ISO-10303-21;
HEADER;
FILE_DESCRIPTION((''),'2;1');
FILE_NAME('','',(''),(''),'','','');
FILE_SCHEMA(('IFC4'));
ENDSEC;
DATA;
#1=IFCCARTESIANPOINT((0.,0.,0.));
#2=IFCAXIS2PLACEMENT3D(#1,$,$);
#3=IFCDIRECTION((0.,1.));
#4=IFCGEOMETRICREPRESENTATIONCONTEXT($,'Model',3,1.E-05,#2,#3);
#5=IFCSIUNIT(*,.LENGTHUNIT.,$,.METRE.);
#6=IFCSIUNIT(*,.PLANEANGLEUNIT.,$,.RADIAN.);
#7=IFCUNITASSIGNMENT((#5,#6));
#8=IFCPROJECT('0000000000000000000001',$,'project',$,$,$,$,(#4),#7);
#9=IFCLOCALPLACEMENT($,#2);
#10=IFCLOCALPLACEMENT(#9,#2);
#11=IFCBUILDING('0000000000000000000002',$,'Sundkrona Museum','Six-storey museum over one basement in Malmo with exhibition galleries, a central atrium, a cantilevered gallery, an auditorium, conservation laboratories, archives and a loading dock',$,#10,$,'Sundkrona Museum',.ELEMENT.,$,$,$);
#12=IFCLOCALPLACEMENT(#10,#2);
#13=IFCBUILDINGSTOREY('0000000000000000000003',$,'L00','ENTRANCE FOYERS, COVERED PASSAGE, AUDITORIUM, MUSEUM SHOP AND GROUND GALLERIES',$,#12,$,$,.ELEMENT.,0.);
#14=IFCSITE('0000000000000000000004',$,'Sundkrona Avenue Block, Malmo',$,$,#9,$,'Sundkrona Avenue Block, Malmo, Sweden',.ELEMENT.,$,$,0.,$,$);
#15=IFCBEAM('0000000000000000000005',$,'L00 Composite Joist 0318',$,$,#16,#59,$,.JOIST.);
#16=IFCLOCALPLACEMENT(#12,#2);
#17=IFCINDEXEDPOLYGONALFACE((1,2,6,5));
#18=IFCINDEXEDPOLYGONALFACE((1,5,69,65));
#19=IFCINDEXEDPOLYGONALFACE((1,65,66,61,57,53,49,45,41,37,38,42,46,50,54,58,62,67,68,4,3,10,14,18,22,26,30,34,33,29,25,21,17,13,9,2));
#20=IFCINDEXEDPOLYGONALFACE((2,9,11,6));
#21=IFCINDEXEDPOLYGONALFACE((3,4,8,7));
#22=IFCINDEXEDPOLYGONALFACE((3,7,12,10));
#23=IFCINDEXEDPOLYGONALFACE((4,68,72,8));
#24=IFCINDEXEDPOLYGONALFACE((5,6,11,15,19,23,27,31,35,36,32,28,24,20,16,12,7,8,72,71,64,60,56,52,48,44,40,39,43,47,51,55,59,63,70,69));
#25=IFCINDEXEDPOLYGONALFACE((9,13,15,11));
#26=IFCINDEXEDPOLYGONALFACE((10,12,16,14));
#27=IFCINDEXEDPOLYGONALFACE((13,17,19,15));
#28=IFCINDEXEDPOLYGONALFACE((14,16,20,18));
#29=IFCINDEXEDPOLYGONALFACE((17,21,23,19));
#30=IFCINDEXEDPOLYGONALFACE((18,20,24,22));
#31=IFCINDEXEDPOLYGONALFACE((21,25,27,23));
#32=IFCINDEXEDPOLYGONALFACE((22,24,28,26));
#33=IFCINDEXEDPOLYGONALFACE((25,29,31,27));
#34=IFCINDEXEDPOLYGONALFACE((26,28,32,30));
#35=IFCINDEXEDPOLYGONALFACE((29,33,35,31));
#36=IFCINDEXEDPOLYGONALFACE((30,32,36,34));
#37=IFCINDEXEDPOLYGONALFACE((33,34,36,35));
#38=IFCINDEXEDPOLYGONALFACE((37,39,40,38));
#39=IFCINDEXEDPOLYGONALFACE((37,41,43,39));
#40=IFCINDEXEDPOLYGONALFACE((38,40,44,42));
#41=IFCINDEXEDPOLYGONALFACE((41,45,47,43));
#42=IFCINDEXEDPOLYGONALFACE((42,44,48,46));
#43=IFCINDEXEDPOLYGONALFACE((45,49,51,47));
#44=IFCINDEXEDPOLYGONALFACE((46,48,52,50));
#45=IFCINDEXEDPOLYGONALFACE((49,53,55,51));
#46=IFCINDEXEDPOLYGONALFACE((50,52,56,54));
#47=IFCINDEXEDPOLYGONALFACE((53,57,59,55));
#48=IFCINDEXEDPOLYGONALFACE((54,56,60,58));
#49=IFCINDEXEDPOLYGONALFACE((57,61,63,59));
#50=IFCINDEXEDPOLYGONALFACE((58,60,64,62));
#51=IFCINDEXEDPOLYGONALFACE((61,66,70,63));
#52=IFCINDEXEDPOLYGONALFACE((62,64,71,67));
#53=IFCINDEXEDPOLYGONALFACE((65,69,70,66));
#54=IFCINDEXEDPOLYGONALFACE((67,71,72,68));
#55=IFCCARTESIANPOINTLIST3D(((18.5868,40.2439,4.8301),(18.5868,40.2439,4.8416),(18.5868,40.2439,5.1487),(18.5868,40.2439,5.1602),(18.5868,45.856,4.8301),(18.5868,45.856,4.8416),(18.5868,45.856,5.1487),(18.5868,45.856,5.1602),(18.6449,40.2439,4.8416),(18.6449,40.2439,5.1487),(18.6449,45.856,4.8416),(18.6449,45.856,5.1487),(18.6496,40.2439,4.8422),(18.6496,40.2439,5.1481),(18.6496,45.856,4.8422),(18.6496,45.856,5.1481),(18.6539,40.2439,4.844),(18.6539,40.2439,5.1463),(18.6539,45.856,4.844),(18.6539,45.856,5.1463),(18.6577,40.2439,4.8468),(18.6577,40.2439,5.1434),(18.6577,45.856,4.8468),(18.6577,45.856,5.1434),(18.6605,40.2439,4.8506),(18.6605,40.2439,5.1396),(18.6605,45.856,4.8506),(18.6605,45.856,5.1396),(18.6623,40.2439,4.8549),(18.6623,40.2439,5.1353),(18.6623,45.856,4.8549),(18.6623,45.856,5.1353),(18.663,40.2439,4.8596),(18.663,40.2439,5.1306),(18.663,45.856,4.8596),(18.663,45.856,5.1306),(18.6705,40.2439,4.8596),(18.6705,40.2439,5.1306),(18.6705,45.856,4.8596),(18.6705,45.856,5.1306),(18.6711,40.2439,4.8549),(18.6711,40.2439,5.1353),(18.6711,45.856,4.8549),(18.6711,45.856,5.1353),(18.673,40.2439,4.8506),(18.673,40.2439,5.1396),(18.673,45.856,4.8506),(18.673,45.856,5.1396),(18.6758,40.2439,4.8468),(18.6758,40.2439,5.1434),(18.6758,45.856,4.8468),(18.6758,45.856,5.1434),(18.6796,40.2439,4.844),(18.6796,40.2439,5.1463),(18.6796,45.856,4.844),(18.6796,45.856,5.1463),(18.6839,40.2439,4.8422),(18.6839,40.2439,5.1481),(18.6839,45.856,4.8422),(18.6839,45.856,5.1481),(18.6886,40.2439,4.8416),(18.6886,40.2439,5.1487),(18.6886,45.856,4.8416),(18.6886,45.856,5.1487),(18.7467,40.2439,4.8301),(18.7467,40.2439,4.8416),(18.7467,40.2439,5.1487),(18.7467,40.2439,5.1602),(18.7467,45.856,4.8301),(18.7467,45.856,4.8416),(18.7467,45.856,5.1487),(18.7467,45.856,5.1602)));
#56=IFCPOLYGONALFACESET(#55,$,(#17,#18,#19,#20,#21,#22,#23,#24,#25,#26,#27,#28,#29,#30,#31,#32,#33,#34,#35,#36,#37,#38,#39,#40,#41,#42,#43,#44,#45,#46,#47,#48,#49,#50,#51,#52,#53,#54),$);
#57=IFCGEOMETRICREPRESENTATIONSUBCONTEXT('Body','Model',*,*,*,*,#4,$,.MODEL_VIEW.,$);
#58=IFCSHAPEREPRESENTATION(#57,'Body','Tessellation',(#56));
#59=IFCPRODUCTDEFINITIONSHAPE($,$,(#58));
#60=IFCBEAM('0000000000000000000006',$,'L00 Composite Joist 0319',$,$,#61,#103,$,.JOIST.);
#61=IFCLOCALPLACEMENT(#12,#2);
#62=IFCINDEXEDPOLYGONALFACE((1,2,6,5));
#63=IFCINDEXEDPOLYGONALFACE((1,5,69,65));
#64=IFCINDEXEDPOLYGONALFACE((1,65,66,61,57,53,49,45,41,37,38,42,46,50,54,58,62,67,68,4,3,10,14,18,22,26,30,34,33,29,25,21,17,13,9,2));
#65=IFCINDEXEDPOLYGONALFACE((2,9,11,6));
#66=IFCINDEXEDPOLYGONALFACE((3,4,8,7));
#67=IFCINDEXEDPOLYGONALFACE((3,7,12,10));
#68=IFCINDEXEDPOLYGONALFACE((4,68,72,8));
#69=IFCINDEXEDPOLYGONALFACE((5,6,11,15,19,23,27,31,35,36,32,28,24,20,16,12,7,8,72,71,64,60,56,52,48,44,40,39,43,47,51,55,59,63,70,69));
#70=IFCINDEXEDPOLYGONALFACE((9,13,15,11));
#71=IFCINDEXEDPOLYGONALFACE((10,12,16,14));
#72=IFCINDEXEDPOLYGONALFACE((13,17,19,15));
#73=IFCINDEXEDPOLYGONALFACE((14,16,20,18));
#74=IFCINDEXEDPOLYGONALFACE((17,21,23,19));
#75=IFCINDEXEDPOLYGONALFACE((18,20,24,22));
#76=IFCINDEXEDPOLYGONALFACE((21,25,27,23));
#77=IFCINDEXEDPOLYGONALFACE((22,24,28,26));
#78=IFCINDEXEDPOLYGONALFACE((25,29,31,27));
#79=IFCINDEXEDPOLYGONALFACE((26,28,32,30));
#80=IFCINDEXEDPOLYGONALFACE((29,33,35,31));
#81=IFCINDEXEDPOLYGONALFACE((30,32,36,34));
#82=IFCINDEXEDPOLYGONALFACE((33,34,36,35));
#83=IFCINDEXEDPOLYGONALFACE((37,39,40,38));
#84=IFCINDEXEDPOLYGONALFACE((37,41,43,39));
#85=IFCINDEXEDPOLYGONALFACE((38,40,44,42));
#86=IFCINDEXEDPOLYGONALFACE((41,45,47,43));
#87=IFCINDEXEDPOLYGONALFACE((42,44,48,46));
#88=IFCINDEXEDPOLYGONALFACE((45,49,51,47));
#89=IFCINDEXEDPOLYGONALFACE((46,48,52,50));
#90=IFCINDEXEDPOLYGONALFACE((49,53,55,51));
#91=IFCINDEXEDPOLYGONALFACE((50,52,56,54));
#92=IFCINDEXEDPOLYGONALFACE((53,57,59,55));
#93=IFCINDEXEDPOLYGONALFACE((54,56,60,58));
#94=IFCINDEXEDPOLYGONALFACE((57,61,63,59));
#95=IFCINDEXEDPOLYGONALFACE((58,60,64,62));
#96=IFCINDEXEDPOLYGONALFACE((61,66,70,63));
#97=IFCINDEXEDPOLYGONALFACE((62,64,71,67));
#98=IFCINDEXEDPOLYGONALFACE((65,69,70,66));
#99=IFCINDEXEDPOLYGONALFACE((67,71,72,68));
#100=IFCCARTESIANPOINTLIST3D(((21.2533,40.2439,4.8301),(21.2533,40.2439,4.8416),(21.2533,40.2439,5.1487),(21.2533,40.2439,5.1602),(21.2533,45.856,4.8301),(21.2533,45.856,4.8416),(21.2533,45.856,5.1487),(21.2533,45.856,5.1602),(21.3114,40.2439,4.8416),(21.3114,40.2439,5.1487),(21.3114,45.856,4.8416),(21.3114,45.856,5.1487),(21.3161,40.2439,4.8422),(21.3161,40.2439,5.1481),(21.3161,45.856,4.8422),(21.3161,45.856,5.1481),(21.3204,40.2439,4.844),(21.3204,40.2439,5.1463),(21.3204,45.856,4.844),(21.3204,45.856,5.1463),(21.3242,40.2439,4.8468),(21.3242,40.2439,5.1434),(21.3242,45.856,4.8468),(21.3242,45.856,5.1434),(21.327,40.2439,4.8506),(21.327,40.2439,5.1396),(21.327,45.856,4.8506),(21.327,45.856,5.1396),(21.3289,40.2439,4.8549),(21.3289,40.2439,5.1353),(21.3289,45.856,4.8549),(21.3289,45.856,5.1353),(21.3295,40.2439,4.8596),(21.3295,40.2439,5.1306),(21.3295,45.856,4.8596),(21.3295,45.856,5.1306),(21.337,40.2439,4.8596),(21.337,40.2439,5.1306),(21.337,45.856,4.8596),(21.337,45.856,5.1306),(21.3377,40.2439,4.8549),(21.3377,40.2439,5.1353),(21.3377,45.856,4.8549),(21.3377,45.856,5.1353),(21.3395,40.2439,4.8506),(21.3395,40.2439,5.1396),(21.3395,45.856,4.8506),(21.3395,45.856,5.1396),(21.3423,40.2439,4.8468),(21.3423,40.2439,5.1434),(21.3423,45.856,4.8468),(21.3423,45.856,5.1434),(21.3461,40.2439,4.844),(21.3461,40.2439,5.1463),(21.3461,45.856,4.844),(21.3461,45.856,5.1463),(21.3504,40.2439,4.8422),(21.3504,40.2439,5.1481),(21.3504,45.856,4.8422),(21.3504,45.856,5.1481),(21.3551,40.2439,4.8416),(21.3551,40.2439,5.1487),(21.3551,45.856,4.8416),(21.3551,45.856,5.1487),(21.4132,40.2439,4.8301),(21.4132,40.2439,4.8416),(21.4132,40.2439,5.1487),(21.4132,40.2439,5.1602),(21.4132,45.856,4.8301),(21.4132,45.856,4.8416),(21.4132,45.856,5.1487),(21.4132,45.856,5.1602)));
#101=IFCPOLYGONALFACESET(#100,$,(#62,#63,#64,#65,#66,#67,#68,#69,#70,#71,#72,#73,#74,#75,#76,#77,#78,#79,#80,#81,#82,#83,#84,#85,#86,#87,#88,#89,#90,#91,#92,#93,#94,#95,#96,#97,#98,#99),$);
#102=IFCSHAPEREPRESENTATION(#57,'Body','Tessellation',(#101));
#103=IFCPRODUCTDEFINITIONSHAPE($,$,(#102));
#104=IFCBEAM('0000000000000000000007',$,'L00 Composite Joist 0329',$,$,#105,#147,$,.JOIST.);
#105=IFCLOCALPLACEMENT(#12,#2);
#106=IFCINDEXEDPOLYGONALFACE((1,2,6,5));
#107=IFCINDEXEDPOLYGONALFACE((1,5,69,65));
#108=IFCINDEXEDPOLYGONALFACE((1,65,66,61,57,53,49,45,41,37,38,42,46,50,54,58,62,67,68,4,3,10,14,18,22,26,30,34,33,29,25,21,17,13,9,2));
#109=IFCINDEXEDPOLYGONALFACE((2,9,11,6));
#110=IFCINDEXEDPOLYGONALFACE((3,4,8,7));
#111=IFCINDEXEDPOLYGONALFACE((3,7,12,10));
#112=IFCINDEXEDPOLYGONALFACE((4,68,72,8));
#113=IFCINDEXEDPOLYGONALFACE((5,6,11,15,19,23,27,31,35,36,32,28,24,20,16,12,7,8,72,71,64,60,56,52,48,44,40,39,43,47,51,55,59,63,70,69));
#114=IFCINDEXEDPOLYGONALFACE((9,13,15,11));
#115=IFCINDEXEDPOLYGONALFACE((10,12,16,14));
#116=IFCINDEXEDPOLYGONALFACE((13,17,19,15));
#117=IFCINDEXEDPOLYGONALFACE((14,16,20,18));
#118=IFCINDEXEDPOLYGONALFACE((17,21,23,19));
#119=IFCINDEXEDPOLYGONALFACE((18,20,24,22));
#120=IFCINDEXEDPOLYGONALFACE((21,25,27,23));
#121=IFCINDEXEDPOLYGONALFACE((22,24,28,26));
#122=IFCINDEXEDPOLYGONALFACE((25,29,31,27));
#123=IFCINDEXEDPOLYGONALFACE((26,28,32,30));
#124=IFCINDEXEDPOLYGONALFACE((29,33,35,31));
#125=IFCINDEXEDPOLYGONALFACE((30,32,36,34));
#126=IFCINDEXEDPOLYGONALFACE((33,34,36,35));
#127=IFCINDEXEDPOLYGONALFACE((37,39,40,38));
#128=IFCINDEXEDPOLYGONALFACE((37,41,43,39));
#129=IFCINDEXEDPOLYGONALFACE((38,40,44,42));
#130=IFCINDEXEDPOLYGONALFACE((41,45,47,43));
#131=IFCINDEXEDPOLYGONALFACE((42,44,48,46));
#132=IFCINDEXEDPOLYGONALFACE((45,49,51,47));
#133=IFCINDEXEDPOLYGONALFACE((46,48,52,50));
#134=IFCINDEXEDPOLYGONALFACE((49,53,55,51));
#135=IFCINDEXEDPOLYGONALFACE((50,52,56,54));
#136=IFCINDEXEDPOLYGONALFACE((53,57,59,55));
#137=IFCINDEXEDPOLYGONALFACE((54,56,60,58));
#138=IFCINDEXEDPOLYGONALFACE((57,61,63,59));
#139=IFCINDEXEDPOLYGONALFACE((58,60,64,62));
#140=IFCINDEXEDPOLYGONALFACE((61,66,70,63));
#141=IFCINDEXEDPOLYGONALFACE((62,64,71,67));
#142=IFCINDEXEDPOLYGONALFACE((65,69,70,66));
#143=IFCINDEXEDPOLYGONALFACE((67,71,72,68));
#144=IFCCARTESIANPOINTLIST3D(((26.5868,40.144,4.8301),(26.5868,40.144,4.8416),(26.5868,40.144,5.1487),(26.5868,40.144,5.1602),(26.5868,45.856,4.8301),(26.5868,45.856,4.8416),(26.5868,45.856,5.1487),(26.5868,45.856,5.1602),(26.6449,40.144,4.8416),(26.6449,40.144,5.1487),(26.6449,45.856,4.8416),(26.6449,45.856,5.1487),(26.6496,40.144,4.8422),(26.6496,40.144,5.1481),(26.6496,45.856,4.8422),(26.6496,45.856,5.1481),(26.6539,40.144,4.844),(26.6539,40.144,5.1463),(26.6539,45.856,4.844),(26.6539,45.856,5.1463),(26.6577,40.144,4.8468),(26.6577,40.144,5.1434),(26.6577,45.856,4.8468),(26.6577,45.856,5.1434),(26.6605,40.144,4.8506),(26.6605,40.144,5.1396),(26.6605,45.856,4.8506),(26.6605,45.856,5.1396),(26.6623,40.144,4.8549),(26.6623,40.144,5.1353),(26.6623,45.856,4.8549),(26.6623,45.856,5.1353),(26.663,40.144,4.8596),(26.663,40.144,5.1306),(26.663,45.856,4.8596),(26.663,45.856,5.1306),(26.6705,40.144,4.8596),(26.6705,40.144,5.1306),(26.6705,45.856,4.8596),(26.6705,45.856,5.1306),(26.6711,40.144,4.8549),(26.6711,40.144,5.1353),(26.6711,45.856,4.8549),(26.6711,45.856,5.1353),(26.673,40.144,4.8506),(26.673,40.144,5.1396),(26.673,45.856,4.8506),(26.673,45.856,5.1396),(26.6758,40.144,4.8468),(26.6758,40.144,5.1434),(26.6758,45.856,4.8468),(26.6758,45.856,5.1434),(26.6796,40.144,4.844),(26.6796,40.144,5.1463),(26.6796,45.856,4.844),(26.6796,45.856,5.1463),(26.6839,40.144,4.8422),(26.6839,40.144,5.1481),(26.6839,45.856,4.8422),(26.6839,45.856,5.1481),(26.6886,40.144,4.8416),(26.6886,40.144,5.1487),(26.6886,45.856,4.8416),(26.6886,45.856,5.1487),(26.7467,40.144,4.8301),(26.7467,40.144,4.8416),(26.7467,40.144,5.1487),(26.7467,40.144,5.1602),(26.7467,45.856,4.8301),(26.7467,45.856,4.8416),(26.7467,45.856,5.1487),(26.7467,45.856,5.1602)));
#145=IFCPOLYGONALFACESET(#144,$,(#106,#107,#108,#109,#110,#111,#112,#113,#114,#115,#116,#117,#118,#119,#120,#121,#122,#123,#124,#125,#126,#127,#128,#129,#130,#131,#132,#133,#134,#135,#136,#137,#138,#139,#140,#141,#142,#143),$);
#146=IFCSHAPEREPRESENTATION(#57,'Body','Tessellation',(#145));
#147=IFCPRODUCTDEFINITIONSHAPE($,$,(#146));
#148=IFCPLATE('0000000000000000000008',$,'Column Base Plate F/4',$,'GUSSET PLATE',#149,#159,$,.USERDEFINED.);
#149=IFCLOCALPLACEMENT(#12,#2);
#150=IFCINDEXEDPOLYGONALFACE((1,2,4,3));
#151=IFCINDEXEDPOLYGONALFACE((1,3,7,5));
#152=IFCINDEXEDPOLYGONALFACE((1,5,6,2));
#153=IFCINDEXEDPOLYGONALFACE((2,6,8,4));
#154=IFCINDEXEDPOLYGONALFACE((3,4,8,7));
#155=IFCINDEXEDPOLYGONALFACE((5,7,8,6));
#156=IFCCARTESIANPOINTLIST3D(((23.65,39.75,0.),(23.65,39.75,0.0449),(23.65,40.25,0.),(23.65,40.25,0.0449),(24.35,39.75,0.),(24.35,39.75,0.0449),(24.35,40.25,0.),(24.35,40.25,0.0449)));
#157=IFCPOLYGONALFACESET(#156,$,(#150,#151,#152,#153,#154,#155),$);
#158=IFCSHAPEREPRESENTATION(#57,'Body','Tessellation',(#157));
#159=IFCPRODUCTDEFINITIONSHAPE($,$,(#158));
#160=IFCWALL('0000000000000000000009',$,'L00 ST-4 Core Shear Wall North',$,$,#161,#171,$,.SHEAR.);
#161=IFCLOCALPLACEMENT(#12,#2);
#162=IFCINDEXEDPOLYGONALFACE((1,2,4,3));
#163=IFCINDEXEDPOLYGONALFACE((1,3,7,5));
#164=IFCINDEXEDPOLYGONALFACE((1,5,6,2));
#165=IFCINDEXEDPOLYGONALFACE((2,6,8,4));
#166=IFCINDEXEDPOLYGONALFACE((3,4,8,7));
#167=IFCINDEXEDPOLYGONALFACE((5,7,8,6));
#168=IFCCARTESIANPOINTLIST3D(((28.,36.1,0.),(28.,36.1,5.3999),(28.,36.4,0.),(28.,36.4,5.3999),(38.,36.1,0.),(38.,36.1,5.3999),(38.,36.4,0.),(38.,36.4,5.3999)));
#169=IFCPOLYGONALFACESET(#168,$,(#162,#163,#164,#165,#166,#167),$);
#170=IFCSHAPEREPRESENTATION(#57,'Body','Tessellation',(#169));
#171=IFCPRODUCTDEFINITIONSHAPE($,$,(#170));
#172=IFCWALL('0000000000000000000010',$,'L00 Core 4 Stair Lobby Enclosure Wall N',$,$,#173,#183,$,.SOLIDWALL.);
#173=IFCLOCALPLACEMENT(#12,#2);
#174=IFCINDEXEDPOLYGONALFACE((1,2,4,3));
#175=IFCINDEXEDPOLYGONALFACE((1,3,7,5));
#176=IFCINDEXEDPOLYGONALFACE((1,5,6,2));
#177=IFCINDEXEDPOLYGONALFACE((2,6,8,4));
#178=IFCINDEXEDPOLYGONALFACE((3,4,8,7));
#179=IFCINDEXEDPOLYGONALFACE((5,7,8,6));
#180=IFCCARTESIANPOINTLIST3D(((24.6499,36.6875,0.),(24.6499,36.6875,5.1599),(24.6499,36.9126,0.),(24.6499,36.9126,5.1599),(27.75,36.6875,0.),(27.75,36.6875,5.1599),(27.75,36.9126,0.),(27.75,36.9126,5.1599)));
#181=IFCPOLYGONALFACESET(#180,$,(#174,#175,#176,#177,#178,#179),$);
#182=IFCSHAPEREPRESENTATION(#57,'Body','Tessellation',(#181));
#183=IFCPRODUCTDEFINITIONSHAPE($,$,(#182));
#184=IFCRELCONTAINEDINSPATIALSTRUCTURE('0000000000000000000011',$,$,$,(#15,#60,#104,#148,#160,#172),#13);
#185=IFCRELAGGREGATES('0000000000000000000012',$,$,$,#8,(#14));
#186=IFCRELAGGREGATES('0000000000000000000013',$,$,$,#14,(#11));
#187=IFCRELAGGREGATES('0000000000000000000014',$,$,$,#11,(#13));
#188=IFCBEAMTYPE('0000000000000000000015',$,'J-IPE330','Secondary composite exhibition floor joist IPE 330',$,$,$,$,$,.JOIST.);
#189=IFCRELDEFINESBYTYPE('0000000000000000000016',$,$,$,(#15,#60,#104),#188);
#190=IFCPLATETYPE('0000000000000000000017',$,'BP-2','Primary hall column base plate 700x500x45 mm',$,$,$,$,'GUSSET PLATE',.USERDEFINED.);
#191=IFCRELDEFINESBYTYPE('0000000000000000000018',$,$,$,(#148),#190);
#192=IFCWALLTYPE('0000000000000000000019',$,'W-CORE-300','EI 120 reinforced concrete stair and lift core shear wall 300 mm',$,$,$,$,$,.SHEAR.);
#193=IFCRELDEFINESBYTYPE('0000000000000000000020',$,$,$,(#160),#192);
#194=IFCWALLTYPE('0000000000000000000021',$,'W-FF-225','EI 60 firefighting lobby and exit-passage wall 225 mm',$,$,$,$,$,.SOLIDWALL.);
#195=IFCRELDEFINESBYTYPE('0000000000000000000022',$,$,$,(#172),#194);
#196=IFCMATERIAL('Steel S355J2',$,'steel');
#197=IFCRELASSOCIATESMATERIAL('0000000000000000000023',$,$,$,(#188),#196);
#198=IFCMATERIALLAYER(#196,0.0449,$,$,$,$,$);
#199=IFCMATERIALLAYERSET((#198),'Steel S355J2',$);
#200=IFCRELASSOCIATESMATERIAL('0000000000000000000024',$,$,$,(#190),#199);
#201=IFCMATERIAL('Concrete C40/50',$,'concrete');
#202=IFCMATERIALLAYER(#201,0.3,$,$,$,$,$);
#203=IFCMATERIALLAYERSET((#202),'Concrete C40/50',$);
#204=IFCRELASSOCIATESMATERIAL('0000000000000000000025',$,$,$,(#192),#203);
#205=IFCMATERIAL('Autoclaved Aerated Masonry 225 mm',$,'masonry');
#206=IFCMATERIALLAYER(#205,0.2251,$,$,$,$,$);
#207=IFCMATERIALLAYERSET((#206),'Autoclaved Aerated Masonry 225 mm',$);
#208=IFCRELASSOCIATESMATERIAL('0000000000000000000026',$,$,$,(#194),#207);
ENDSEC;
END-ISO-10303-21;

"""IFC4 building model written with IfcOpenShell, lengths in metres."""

from ifc_helpers import new_model, si_unit, direction, frame, frame_2d, origin, origin_2d, place, context, subcontext, project, spatial, rectangle, i_section, extrude, material, layer, layer_set, material_profile, profile_set, type_object, element, save


model = new_model("IFC4")

# Units and contexts
model_context = context("Model", 3, precision=1e-05, world=origin(), true_north=direction((0.0, 1.0)))
body_context = subcontext(model_context, "Body", "Model", "MODEL_VIEW")
ifc_project = project(units=[si_unit("LENGTHUNIT", "METRE"), si_unit("PLANEANGLEUNIT", "RADIAN")], contexts=[model_context])

# Site, building, storey
site_placement = place(None, origin())
site = spatial("IfcSite", under=ifc_project, at=site_placement, Name="Sundkrona Avenue Block, Malmo", LongName="Sundkrona Avenue Block, Malmo, Sweden", CompositionType="ELEMENT", RefElevation=0.0)
building_placement = place(site_placement, origin())
building = spatial("IfcBuilding", under=site, at=building_placement, Name="Sundkrona Museum", Description="Six-storey museum over one basement in Malmo with exhibition galleries, a central atrium, a cantilevered gallery, an auditorium, conservation laboratories, archives and a loading dock", LongName="Sundkrona Museum", CompositionType="ELEMENT")
storey_placement = place(building_placement, origin())
storey = spatial("IfcBuildingStorey", under=building, at=storey_placement, Name="L00", Description="ENTRANCE FOYERS, COVERED PASSAGE, AUDITORIUM, MUSEUM SHOP AND GROUND GALLERIES", CompositionType="ELEMENT", Elevation=0.0)

# Shared definitions
ifc_material_1 = material(Name="Steel S355J2", Category="steel")

# Beams
ifc_material_2 = material(Name="Concrete C40/50", Category="concrete")
ifc_material_profile_1 = material_profile(ifc_material_1, i_section(OverallWidth=0.1599, OverallDepth=0.3301, WebThickness=0.0076, FlangeThickness=0.0115, FilletRadius=0.0181, at=origin_2d()), Name="IPE 330")
ifc_profile_set_1 = profile_set([ifc_material_profile_1], Name="Steel S355J2")
beam_type_1 = type_object("IfcBeamType", Name="J-IPE330", Description="Secondary composite exhibition floor joist IPE 330", PredefinedType="JOIST", material=ifc_profile_set_1)
for number, where, z_axis, x_axis, name in (
    (1, (18.6667, 40.2439, 4.9951), (0.0, 1.0, 0.0), (-1.0, 0.0, 0.0), "L00 Composite Joist 0318"),
    (2, (21.3333, 40.2439, 4.9951), (0.0, 1.0, 0.0), (-1.0, 0.0, 0.0), "L00 Composite Joist 0319"),
):
    element("IfcBeam", number, at=place(storey_placement, frame(where, z_axis=z_axis, x_axis=x_axis)), inside=storey, type_object=beam_type_1, Name=name, PredefinedType="JOIST", context=body_context, shape_type="SweptSolid", body=[
        extrude(i_section(OverallWidth=0.1599, OverallDepth=0.3301, WebThickness=0.0076, FlangeThickness=0.0115, FilletRadius=0.0181, at=origin_2d()), origin(), (0.0, 0.0, 1.0), 5.6121),
    ])
beam_1_placement = place(storey_placement, frame((26.6667, 40.144, 4.9951), z_axis=(0.0, 1.0, 0.0), x_axis=(-1.0, 0.0, 0.0)))
element("IfcBeam", 3, at=beam_1_placement, inside=storey, type_object=beam_type_1, Name="L00 Composite Joist 0329", PredefinedType="JOIST", context=body_context, shape_type="SweptSolid", body=[
    extrude(i_section(OverallWidth=0.1599, OverallDepth=0.3301, WebThickness=0.0076, FlangeThickness=0.0115, FilletRadius=0.0181, at=origin_2d()), origin(), (0.0, 0.0, 1.0), 5.7119),
])

# Plate
ifc_layer_1 = layer(ifc_material_1, 0.0449)
ifc_layer_set_1 = layer_set([ifc_layer_1], Name="Steel S355J2")
plate_type = type_object("IfcPlateType", Name="BP-2", Description="Primary hall column base plate 700x500x45 mm", ElementType="GUSSET PLATE", PredefinedType="USERDEFINED", material=ifc_layer_set_1)
plate_placement = place(storey_placement, frame((24.0, 40.0, 0.0), z_axis=(0.0, 0.0, 1.0), x_axis=(1.0, 0.0, 0.0)))
element("IfcPlate", 4, at=plate_placement, inside=storey, type_object=plate_type, Name="Column Base Plate F/4", ObjectType="GUSSET PLATE", PredefinedType="USERDEFINED", context=body_context, shape_type="SweptSolid", body=[
    extrude(rectangle(XDim=0.7, YDim=0.5, at=origin_2d()), origin(), (0.0, 0.0, 1.0), 0.0449),
])

# Walls
ifc_layer_2 = layer(ifc_material_2, 0.3)
ifc_layer_set_2 = layer_set([ifc_layer_2], Name="Concrete C40/50")
wall_type_1 = type_object("IfcWallType", Name="W-CORE-300", Description="EI 120 reinforced concrete stair and lift core shear wall 300 mm", PredefinedType="SHEAR", material=ifc_layer_set_2)
wall_1_placement = place(storey_placement, frame((28.0, 36.25, 0.0), z_axis=(0.0, 0.0, 1.0), x_axis=(1.0, 0.0, 0.0)))
element("IfcWall", 5, at=wall_1_placement, inside=storey, type_object=wall_type_1, Name="L00 ST-4 Core Shear Wall North", PredefinedType="SHEAR", context=body_context, shape_type="SweptSolid", body=[
    extrude(rectangle(XDim=10.0, YDim=0.3, at=frame_2d((5.0, 0.0))), origin(), (0.0, 0.0, 1.0), 5.3999),
])
ifc_material_3 = material(Name="Autoclaved Aerated Masonry 225 mm", Category="masonry")
ifc_layer_3 = layer(ifc_material_3, 0.2251)
ifc_layer_set_3 = layer_set([ifc_layer_3], Name="Autoclaved Aerated Masonry 225 mm")
wall_type_2 = type_object("IfcWallType", Name="W-FF-225", Description="EI 60 firefighting lobby and exit-passage wall 225 mm", PredefinedType="SOLIDWALL", material=ifc_layer_set_3)
wall_2_placement = place(storey_placement, frame((24.6499, 36.8, 0.0), z_axis=(0.0, 0.0, 1.0), x_axis=(1.0, 0.0, 0.0)))
element("IfcWall", 6, at=wall_2_placement, inside=storey, type_object=wall_type_2, Name="L00 Core 4 Stair Lobby Enclosure Wall N", PredefinedType="SOLIDWALL", context=body_context, shape_type="SweptSolid", body=[
    extrude(rectangle(XDim=3.1001, YDim=0.2251, at=frame_2d((1.55, 0.0))), origin(), (0.0, 0.0, 1.0), 5.1599),
])

save(model, "model.ifc")
